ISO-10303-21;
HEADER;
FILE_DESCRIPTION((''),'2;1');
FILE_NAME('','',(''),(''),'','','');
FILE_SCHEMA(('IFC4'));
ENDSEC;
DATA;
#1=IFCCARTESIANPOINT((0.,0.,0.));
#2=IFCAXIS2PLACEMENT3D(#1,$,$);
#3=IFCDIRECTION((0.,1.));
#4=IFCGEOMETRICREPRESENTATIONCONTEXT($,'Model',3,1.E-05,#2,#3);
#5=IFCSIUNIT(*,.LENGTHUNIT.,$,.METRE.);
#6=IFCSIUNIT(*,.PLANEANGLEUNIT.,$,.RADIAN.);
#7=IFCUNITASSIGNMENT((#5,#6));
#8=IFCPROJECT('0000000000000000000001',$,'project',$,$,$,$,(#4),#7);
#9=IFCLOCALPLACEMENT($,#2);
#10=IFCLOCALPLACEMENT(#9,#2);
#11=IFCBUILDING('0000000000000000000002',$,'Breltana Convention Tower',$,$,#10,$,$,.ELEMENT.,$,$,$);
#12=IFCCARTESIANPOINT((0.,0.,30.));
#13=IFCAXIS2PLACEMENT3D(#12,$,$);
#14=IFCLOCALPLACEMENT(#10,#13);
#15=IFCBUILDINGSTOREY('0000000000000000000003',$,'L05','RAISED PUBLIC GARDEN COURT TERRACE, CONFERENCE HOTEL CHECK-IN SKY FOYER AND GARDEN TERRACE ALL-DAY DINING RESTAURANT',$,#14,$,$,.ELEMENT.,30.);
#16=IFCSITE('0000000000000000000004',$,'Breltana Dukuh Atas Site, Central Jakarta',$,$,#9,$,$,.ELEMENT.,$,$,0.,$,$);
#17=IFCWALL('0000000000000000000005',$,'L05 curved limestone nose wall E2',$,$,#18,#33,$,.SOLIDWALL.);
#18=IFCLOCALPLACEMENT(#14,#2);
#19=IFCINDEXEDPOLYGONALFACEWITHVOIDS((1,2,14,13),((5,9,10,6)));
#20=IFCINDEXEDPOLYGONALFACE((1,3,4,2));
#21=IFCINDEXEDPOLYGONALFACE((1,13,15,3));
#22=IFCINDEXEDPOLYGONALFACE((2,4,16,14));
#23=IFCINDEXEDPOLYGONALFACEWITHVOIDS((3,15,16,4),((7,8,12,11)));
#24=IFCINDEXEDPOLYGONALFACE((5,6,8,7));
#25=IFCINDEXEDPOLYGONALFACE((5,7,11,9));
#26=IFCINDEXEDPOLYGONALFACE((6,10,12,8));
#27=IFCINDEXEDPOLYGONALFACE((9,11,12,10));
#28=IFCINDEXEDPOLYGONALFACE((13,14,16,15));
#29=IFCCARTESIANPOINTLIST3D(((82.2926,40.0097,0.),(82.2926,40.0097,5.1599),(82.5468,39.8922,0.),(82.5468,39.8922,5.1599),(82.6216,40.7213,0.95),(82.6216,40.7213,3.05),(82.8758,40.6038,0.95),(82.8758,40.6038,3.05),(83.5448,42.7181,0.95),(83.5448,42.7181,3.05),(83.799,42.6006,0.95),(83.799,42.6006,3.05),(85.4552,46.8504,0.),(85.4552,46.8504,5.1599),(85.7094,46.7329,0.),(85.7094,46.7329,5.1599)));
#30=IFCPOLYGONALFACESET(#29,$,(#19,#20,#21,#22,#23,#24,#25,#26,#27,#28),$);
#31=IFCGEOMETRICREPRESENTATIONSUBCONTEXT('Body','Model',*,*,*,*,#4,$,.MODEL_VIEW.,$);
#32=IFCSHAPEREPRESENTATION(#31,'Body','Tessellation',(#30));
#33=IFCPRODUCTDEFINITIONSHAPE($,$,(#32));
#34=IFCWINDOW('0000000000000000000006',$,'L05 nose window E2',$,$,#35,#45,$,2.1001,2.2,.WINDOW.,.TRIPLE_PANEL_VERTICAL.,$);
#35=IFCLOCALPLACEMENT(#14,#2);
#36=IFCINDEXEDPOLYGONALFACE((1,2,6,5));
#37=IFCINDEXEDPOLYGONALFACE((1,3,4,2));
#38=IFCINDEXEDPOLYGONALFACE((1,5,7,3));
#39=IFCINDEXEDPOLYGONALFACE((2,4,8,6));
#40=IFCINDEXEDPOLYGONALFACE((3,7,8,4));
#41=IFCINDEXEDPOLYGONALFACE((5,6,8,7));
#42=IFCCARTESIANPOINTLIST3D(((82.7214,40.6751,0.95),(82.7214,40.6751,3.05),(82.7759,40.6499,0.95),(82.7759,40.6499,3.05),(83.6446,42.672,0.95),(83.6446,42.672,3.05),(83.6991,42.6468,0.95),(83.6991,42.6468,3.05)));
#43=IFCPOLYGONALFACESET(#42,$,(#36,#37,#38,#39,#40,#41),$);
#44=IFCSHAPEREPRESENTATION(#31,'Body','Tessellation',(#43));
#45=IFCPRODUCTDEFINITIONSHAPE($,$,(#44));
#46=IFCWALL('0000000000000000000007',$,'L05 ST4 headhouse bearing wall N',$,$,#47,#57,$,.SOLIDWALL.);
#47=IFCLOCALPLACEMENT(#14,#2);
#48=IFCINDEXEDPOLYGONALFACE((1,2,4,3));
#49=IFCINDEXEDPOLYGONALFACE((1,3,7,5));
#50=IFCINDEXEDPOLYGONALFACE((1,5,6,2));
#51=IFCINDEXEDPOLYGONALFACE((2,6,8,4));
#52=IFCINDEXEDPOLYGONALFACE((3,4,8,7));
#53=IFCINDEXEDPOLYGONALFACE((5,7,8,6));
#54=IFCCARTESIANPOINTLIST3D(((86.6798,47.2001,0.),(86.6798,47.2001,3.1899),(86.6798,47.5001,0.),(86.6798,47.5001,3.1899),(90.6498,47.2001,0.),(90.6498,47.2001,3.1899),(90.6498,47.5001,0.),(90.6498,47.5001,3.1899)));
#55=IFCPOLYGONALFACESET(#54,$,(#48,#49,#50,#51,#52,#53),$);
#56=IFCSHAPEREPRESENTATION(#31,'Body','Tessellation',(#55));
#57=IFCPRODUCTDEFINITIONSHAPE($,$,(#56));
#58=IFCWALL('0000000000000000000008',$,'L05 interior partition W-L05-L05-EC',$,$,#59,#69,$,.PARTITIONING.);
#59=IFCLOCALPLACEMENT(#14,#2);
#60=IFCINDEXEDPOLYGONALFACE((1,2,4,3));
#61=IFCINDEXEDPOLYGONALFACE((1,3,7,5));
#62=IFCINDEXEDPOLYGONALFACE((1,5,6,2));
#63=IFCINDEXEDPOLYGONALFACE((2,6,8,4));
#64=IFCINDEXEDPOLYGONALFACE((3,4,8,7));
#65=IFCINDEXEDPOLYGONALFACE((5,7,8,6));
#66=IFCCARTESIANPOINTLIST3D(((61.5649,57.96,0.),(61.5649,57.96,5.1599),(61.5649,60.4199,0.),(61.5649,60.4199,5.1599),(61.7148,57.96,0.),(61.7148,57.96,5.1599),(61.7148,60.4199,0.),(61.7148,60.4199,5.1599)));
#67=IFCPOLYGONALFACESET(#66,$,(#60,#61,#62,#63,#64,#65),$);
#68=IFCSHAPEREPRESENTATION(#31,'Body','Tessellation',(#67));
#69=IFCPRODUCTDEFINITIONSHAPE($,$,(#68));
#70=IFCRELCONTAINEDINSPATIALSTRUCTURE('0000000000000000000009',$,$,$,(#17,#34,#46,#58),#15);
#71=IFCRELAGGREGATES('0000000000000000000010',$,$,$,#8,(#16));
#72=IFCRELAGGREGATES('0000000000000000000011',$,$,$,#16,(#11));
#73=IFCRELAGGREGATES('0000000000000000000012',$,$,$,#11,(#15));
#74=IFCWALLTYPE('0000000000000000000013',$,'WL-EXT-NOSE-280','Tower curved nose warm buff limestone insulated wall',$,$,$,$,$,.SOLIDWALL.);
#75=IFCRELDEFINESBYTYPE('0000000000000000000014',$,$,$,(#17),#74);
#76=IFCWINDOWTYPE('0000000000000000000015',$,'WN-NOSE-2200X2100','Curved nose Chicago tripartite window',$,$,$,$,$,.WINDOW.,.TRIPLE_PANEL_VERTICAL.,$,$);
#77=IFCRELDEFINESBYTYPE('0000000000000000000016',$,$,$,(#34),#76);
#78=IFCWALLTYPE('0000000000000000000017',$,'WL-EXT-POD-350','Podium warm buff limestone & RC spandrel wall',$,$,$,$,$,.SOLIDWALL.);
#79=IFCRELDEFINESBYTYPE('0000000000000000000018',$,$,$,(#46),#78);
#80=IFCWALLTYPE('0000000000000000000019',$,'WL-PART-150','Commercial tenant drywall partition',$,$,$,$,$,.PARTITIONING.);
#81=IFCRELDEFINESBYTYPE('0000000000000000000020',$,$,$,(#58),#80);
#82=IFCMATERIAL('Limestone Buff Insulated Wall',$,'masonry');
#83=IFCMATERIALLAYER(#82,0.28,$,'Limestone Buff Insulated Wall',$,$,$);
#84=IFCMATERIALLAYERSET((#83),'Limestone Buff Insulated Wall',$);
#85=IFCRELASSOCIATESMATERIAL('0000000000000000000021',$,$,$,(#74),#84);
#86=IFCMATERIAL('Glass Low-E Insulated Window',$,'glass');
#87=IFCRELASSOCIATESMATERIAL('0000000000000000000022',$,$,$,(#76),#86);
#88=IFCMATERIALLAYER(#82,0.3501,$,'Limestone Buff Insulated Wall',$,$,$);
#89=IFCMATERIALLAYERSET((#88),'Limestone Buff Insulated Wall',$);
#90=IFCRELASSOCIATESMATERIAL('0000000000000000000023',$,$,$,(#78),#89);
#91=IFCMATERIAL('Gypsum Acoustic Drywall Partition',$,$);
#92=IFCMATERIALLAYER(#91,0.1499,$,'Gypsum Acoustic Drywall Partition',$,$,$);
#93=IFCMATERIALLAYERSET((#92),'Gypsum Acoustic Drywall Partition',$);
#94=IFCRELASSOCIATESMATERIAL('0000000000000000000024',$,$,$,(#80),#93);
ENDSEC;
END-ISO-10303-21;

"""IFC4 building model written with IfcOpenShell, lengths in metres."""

from ifc_helpers import new_model, si_unit, direction, frame, frame_2d, origin, place, context, subcontext, project, spatial, rectangle, extrude, source, transform, mapped, material, layer, layer_set, type_object, type_shapes, element, fill, save


model = new_model("IFC4")

# Units and contexts
model_context = context("Model", 3, precision=1e-05, world=origin(), true_north=direction((0.0, 1.0)))
body_context = subcontext(model_context, "Body", "Model", "MODEL_VIEW")
ifc_project = project(units=[si_unit("LENGTHUNIT", "METRE"), si_unit("PLANEANGLEUNIT", "RADIAN")], contexts=[model_context])

# Site, building, storey
site_placement = place(None, origin())
site = spatial("IfcSite", under=ifc_project, at=site_placement, Name="Breltana Dukuh Atas Site, Central Jakarta", CompositionType="ELEMENT", RefElevation=0.0)
building_placement = place(site_placement, origin())
building = spatial("IfcBuilding", under=site, at=building_placement, Name="Breltana Convention Tower", CompositionType="ELEMENT")
storey_placement = place(building_placement, frame((0.0, 0.0, 30.0)))
storey = spatial("IfcBuildingStorey", under=building, at=storey_placement, Name="L05", Description="RAISED PUBLIC GARDEN COURT TERRACE, CONFERENCE HOTEL CHECK-IN SKY FOYER AND GARDEN TERRACE ALL-DAY DINING RESTAURANT", CompositionType="ELEMENT", Elevation=30.0)

# Wall, opening, window
ifc_material_1 = material(Name="Limestone Buff Insulated Wall", Category="masonry")
ifc_layer_1 = layer(ifc_material_1, 0.28, Name="Limestone Buff Insulated Wall")
ifc_layer_set_1 = layer_set([ifc_layer_1], Name="Limestone Buff Insulated Wall")
wall_type_1 = type_object("IfcWallType", Name="WL-EXT-NOSE-280", Description="Tower curved nose warm buff limestone insulated wall", PredefinedType="SOLIDWALL", material=ifc_layer_set_1)
ifc_material_2 = material(Name="Glass Low-E Insulated Window", Category="glass")
window_type = type_object("IfcWindowType", Name="WN-NOSE-2200X2100", Description="Curved nose Chicago tripartite window", PartitioningType="TRIPLE_PANEL_VERTICAL", PredefinedType="WINDOW", material=ifc_material_2)
shared_shape_1 = source(origin(), body_context, "Body", "SweptSolid", [
    extrude(rectangle(XDim=2.2, YDim=2.1001, at=frame_2d((1.1001, 1.05))), frame((0.0, 0.03, 0.0), z_axis=(0.0, -1.0, 0.0), x_axis=(1.0, 0.0, 0.0)), (0.0, 0.0, 1.0), 0.0601),
])
type_shapes(window_type, [shared_shape_1])
shared_shape_2 = source(origin(), body_context, "Body", "SweptSolid", [
    extrude(rectangle(XDim=7.5364, YDim=0.28, at=frame_2d((3.7681, 0.0))), origin(), (0.0, 0.0, 1.0), 5.1599),
])
wall_1_placement = place(storey_placement, frame((85.5823, 46.7915, 0.0), z_axis=(0.0, 0.0, 1.0), x_axis=(-0.41965, -0.907686, 0.0)))
wall_1 = element("IfcWall", 1, at=wall_1_placement, inside=storey, type_object=wall_type_1, Name="L05 curved limestone nose wall E2", PredefinedType="SOLIDWALL", context=body_context, shape_type="MappedRepresentation", body=[
    mapped(shared_shape_2, transform((0.0, 0.0, 0.0), scale=1.0)),
])
opening_1_placement = place(wall_1_placement, frame((4.5522, 0.0, 0.95)))
opening_1 = element("IfcOpeningElement", 2, at=opening_1_placement, cuts=wall_1, PredefinedType="OPENING", context=body_context, shape_type="SweptSolid", body=[
    extrude(rectangle(XDim=2.2, YDim=2.1001, at=frame_2d((1.1001, 1.05))), frame((0.0, 0.1499, 0.0), z_axis=(0.0, -1.0, 0.0), x_axis=(1.0, 0.0, 0.0)), (0.0, 0.0, 1.0), 0.3),
])
window_1_placement = place(opening_1_placement, origin())
window_1 = element("IfcWindow", 3, at=window_1_placement, inside=storey, type_object=window_type, Name="L05 nose window E2", OverallHeight=2.1001, OverallWidth=2.2, PartitioningType="TRIPLE_PANEL_VERTICAL", PredefinedType="WINDOW", context=body_context, shape_type="MappedRepresentation", body=[
    mapped(shared_shape_1, transform((0.0, 0.0, 0.0), scale=1.0)),
])
fill(opening_1, window_1)

# Walls
ifc_layer_2 = layer(ifc_material_1, 0.3501, Name="Limestone Buff Insulated Wall")
ifc_layer_set_2 = layer_set([ifc_layer_2], Name="Limestone Buff Insulated Wall")
wall_type_2 = type_object("IfcWallType", Name="WL-EXT-POD-350", Description="Podium warm buff limestone & RC spandrel wall", PredefinedType="SOLIDWALL", material=ifc_layer_set_2)
shared_shape_3 = source(origin(), body_context, "Body", "SweptSolid", [
    extrude(rectangle(XDim=3.97, YDim=0.3, at=frame_2d((1.9849, 0.0))), origin(), (0.0, 0.0, 1.0), 3.1899),
])
wall_2_placement = place(storey_placement, frame((86.6799, 47.3501, 0.0), z_axis=(0.0, 0.0, 1.0), x_axis=(1.0, 0.0, 0.0)))
element("IfcWall", 4, at=wall_2_placement, inside=storey, type_object=wall_type_2, Name="L05 ST4 headhouse bearing wall N", PredefinedType="SOLIDWALL", context=body_context, shape_type="MappedRepresentation", body=[
    mapped(shared_shape_3, transform((0.0, 0.0, 0.0), scale=1.0)),
])
ifc_material_3 = material(Name="Gypsum Acoustic Drywall Partition")
ifc_layer_3 = layer(ifc_material_3, 0.1499, Name="Gypsum Acoustic Drywall Partition")
ifc_layer_set_3 = layer_set([ifc_layer_3], Name="Gypsum Acoustic Drywall Partition")
wall_type_3 = type_object("IfcWallType", Name="WL-PART-150", Description="Commercial tenant drywall partition", PredefinedType="PARTITIONING", material=ifc_layer_set_3)
shared_shape_4 = source(origin(), body_context, "Body", "SweptSolid", [
    extrude(rectangle(XDim=2.46, YDim=0.1499, at=frame_2d((1.23, 0.0))), origin(), (0.0, 0.0, 1.0), 5.1599),
])
wall_3_placement = place(storey_placement, frame((61.6399, 57.96, 0.0), z_axis=(0.0, 0.0, 1.0), x_axis=(0.0, 1.0, 0.0)))
element("IfcWall", 5, at=wall_3_placement, inside=storey, type_object=wall_type_3, Name="L05 interior partition W-L05-L05-EC", PredefinedType="PARTITIONING", context=body_context, shape_type="MappedRepresentation", body=[
    mapped(shared_shape_4, transform((0.0, 0.0, 0.0), scale=1.0)),
])

save(model, "model.ifc")
